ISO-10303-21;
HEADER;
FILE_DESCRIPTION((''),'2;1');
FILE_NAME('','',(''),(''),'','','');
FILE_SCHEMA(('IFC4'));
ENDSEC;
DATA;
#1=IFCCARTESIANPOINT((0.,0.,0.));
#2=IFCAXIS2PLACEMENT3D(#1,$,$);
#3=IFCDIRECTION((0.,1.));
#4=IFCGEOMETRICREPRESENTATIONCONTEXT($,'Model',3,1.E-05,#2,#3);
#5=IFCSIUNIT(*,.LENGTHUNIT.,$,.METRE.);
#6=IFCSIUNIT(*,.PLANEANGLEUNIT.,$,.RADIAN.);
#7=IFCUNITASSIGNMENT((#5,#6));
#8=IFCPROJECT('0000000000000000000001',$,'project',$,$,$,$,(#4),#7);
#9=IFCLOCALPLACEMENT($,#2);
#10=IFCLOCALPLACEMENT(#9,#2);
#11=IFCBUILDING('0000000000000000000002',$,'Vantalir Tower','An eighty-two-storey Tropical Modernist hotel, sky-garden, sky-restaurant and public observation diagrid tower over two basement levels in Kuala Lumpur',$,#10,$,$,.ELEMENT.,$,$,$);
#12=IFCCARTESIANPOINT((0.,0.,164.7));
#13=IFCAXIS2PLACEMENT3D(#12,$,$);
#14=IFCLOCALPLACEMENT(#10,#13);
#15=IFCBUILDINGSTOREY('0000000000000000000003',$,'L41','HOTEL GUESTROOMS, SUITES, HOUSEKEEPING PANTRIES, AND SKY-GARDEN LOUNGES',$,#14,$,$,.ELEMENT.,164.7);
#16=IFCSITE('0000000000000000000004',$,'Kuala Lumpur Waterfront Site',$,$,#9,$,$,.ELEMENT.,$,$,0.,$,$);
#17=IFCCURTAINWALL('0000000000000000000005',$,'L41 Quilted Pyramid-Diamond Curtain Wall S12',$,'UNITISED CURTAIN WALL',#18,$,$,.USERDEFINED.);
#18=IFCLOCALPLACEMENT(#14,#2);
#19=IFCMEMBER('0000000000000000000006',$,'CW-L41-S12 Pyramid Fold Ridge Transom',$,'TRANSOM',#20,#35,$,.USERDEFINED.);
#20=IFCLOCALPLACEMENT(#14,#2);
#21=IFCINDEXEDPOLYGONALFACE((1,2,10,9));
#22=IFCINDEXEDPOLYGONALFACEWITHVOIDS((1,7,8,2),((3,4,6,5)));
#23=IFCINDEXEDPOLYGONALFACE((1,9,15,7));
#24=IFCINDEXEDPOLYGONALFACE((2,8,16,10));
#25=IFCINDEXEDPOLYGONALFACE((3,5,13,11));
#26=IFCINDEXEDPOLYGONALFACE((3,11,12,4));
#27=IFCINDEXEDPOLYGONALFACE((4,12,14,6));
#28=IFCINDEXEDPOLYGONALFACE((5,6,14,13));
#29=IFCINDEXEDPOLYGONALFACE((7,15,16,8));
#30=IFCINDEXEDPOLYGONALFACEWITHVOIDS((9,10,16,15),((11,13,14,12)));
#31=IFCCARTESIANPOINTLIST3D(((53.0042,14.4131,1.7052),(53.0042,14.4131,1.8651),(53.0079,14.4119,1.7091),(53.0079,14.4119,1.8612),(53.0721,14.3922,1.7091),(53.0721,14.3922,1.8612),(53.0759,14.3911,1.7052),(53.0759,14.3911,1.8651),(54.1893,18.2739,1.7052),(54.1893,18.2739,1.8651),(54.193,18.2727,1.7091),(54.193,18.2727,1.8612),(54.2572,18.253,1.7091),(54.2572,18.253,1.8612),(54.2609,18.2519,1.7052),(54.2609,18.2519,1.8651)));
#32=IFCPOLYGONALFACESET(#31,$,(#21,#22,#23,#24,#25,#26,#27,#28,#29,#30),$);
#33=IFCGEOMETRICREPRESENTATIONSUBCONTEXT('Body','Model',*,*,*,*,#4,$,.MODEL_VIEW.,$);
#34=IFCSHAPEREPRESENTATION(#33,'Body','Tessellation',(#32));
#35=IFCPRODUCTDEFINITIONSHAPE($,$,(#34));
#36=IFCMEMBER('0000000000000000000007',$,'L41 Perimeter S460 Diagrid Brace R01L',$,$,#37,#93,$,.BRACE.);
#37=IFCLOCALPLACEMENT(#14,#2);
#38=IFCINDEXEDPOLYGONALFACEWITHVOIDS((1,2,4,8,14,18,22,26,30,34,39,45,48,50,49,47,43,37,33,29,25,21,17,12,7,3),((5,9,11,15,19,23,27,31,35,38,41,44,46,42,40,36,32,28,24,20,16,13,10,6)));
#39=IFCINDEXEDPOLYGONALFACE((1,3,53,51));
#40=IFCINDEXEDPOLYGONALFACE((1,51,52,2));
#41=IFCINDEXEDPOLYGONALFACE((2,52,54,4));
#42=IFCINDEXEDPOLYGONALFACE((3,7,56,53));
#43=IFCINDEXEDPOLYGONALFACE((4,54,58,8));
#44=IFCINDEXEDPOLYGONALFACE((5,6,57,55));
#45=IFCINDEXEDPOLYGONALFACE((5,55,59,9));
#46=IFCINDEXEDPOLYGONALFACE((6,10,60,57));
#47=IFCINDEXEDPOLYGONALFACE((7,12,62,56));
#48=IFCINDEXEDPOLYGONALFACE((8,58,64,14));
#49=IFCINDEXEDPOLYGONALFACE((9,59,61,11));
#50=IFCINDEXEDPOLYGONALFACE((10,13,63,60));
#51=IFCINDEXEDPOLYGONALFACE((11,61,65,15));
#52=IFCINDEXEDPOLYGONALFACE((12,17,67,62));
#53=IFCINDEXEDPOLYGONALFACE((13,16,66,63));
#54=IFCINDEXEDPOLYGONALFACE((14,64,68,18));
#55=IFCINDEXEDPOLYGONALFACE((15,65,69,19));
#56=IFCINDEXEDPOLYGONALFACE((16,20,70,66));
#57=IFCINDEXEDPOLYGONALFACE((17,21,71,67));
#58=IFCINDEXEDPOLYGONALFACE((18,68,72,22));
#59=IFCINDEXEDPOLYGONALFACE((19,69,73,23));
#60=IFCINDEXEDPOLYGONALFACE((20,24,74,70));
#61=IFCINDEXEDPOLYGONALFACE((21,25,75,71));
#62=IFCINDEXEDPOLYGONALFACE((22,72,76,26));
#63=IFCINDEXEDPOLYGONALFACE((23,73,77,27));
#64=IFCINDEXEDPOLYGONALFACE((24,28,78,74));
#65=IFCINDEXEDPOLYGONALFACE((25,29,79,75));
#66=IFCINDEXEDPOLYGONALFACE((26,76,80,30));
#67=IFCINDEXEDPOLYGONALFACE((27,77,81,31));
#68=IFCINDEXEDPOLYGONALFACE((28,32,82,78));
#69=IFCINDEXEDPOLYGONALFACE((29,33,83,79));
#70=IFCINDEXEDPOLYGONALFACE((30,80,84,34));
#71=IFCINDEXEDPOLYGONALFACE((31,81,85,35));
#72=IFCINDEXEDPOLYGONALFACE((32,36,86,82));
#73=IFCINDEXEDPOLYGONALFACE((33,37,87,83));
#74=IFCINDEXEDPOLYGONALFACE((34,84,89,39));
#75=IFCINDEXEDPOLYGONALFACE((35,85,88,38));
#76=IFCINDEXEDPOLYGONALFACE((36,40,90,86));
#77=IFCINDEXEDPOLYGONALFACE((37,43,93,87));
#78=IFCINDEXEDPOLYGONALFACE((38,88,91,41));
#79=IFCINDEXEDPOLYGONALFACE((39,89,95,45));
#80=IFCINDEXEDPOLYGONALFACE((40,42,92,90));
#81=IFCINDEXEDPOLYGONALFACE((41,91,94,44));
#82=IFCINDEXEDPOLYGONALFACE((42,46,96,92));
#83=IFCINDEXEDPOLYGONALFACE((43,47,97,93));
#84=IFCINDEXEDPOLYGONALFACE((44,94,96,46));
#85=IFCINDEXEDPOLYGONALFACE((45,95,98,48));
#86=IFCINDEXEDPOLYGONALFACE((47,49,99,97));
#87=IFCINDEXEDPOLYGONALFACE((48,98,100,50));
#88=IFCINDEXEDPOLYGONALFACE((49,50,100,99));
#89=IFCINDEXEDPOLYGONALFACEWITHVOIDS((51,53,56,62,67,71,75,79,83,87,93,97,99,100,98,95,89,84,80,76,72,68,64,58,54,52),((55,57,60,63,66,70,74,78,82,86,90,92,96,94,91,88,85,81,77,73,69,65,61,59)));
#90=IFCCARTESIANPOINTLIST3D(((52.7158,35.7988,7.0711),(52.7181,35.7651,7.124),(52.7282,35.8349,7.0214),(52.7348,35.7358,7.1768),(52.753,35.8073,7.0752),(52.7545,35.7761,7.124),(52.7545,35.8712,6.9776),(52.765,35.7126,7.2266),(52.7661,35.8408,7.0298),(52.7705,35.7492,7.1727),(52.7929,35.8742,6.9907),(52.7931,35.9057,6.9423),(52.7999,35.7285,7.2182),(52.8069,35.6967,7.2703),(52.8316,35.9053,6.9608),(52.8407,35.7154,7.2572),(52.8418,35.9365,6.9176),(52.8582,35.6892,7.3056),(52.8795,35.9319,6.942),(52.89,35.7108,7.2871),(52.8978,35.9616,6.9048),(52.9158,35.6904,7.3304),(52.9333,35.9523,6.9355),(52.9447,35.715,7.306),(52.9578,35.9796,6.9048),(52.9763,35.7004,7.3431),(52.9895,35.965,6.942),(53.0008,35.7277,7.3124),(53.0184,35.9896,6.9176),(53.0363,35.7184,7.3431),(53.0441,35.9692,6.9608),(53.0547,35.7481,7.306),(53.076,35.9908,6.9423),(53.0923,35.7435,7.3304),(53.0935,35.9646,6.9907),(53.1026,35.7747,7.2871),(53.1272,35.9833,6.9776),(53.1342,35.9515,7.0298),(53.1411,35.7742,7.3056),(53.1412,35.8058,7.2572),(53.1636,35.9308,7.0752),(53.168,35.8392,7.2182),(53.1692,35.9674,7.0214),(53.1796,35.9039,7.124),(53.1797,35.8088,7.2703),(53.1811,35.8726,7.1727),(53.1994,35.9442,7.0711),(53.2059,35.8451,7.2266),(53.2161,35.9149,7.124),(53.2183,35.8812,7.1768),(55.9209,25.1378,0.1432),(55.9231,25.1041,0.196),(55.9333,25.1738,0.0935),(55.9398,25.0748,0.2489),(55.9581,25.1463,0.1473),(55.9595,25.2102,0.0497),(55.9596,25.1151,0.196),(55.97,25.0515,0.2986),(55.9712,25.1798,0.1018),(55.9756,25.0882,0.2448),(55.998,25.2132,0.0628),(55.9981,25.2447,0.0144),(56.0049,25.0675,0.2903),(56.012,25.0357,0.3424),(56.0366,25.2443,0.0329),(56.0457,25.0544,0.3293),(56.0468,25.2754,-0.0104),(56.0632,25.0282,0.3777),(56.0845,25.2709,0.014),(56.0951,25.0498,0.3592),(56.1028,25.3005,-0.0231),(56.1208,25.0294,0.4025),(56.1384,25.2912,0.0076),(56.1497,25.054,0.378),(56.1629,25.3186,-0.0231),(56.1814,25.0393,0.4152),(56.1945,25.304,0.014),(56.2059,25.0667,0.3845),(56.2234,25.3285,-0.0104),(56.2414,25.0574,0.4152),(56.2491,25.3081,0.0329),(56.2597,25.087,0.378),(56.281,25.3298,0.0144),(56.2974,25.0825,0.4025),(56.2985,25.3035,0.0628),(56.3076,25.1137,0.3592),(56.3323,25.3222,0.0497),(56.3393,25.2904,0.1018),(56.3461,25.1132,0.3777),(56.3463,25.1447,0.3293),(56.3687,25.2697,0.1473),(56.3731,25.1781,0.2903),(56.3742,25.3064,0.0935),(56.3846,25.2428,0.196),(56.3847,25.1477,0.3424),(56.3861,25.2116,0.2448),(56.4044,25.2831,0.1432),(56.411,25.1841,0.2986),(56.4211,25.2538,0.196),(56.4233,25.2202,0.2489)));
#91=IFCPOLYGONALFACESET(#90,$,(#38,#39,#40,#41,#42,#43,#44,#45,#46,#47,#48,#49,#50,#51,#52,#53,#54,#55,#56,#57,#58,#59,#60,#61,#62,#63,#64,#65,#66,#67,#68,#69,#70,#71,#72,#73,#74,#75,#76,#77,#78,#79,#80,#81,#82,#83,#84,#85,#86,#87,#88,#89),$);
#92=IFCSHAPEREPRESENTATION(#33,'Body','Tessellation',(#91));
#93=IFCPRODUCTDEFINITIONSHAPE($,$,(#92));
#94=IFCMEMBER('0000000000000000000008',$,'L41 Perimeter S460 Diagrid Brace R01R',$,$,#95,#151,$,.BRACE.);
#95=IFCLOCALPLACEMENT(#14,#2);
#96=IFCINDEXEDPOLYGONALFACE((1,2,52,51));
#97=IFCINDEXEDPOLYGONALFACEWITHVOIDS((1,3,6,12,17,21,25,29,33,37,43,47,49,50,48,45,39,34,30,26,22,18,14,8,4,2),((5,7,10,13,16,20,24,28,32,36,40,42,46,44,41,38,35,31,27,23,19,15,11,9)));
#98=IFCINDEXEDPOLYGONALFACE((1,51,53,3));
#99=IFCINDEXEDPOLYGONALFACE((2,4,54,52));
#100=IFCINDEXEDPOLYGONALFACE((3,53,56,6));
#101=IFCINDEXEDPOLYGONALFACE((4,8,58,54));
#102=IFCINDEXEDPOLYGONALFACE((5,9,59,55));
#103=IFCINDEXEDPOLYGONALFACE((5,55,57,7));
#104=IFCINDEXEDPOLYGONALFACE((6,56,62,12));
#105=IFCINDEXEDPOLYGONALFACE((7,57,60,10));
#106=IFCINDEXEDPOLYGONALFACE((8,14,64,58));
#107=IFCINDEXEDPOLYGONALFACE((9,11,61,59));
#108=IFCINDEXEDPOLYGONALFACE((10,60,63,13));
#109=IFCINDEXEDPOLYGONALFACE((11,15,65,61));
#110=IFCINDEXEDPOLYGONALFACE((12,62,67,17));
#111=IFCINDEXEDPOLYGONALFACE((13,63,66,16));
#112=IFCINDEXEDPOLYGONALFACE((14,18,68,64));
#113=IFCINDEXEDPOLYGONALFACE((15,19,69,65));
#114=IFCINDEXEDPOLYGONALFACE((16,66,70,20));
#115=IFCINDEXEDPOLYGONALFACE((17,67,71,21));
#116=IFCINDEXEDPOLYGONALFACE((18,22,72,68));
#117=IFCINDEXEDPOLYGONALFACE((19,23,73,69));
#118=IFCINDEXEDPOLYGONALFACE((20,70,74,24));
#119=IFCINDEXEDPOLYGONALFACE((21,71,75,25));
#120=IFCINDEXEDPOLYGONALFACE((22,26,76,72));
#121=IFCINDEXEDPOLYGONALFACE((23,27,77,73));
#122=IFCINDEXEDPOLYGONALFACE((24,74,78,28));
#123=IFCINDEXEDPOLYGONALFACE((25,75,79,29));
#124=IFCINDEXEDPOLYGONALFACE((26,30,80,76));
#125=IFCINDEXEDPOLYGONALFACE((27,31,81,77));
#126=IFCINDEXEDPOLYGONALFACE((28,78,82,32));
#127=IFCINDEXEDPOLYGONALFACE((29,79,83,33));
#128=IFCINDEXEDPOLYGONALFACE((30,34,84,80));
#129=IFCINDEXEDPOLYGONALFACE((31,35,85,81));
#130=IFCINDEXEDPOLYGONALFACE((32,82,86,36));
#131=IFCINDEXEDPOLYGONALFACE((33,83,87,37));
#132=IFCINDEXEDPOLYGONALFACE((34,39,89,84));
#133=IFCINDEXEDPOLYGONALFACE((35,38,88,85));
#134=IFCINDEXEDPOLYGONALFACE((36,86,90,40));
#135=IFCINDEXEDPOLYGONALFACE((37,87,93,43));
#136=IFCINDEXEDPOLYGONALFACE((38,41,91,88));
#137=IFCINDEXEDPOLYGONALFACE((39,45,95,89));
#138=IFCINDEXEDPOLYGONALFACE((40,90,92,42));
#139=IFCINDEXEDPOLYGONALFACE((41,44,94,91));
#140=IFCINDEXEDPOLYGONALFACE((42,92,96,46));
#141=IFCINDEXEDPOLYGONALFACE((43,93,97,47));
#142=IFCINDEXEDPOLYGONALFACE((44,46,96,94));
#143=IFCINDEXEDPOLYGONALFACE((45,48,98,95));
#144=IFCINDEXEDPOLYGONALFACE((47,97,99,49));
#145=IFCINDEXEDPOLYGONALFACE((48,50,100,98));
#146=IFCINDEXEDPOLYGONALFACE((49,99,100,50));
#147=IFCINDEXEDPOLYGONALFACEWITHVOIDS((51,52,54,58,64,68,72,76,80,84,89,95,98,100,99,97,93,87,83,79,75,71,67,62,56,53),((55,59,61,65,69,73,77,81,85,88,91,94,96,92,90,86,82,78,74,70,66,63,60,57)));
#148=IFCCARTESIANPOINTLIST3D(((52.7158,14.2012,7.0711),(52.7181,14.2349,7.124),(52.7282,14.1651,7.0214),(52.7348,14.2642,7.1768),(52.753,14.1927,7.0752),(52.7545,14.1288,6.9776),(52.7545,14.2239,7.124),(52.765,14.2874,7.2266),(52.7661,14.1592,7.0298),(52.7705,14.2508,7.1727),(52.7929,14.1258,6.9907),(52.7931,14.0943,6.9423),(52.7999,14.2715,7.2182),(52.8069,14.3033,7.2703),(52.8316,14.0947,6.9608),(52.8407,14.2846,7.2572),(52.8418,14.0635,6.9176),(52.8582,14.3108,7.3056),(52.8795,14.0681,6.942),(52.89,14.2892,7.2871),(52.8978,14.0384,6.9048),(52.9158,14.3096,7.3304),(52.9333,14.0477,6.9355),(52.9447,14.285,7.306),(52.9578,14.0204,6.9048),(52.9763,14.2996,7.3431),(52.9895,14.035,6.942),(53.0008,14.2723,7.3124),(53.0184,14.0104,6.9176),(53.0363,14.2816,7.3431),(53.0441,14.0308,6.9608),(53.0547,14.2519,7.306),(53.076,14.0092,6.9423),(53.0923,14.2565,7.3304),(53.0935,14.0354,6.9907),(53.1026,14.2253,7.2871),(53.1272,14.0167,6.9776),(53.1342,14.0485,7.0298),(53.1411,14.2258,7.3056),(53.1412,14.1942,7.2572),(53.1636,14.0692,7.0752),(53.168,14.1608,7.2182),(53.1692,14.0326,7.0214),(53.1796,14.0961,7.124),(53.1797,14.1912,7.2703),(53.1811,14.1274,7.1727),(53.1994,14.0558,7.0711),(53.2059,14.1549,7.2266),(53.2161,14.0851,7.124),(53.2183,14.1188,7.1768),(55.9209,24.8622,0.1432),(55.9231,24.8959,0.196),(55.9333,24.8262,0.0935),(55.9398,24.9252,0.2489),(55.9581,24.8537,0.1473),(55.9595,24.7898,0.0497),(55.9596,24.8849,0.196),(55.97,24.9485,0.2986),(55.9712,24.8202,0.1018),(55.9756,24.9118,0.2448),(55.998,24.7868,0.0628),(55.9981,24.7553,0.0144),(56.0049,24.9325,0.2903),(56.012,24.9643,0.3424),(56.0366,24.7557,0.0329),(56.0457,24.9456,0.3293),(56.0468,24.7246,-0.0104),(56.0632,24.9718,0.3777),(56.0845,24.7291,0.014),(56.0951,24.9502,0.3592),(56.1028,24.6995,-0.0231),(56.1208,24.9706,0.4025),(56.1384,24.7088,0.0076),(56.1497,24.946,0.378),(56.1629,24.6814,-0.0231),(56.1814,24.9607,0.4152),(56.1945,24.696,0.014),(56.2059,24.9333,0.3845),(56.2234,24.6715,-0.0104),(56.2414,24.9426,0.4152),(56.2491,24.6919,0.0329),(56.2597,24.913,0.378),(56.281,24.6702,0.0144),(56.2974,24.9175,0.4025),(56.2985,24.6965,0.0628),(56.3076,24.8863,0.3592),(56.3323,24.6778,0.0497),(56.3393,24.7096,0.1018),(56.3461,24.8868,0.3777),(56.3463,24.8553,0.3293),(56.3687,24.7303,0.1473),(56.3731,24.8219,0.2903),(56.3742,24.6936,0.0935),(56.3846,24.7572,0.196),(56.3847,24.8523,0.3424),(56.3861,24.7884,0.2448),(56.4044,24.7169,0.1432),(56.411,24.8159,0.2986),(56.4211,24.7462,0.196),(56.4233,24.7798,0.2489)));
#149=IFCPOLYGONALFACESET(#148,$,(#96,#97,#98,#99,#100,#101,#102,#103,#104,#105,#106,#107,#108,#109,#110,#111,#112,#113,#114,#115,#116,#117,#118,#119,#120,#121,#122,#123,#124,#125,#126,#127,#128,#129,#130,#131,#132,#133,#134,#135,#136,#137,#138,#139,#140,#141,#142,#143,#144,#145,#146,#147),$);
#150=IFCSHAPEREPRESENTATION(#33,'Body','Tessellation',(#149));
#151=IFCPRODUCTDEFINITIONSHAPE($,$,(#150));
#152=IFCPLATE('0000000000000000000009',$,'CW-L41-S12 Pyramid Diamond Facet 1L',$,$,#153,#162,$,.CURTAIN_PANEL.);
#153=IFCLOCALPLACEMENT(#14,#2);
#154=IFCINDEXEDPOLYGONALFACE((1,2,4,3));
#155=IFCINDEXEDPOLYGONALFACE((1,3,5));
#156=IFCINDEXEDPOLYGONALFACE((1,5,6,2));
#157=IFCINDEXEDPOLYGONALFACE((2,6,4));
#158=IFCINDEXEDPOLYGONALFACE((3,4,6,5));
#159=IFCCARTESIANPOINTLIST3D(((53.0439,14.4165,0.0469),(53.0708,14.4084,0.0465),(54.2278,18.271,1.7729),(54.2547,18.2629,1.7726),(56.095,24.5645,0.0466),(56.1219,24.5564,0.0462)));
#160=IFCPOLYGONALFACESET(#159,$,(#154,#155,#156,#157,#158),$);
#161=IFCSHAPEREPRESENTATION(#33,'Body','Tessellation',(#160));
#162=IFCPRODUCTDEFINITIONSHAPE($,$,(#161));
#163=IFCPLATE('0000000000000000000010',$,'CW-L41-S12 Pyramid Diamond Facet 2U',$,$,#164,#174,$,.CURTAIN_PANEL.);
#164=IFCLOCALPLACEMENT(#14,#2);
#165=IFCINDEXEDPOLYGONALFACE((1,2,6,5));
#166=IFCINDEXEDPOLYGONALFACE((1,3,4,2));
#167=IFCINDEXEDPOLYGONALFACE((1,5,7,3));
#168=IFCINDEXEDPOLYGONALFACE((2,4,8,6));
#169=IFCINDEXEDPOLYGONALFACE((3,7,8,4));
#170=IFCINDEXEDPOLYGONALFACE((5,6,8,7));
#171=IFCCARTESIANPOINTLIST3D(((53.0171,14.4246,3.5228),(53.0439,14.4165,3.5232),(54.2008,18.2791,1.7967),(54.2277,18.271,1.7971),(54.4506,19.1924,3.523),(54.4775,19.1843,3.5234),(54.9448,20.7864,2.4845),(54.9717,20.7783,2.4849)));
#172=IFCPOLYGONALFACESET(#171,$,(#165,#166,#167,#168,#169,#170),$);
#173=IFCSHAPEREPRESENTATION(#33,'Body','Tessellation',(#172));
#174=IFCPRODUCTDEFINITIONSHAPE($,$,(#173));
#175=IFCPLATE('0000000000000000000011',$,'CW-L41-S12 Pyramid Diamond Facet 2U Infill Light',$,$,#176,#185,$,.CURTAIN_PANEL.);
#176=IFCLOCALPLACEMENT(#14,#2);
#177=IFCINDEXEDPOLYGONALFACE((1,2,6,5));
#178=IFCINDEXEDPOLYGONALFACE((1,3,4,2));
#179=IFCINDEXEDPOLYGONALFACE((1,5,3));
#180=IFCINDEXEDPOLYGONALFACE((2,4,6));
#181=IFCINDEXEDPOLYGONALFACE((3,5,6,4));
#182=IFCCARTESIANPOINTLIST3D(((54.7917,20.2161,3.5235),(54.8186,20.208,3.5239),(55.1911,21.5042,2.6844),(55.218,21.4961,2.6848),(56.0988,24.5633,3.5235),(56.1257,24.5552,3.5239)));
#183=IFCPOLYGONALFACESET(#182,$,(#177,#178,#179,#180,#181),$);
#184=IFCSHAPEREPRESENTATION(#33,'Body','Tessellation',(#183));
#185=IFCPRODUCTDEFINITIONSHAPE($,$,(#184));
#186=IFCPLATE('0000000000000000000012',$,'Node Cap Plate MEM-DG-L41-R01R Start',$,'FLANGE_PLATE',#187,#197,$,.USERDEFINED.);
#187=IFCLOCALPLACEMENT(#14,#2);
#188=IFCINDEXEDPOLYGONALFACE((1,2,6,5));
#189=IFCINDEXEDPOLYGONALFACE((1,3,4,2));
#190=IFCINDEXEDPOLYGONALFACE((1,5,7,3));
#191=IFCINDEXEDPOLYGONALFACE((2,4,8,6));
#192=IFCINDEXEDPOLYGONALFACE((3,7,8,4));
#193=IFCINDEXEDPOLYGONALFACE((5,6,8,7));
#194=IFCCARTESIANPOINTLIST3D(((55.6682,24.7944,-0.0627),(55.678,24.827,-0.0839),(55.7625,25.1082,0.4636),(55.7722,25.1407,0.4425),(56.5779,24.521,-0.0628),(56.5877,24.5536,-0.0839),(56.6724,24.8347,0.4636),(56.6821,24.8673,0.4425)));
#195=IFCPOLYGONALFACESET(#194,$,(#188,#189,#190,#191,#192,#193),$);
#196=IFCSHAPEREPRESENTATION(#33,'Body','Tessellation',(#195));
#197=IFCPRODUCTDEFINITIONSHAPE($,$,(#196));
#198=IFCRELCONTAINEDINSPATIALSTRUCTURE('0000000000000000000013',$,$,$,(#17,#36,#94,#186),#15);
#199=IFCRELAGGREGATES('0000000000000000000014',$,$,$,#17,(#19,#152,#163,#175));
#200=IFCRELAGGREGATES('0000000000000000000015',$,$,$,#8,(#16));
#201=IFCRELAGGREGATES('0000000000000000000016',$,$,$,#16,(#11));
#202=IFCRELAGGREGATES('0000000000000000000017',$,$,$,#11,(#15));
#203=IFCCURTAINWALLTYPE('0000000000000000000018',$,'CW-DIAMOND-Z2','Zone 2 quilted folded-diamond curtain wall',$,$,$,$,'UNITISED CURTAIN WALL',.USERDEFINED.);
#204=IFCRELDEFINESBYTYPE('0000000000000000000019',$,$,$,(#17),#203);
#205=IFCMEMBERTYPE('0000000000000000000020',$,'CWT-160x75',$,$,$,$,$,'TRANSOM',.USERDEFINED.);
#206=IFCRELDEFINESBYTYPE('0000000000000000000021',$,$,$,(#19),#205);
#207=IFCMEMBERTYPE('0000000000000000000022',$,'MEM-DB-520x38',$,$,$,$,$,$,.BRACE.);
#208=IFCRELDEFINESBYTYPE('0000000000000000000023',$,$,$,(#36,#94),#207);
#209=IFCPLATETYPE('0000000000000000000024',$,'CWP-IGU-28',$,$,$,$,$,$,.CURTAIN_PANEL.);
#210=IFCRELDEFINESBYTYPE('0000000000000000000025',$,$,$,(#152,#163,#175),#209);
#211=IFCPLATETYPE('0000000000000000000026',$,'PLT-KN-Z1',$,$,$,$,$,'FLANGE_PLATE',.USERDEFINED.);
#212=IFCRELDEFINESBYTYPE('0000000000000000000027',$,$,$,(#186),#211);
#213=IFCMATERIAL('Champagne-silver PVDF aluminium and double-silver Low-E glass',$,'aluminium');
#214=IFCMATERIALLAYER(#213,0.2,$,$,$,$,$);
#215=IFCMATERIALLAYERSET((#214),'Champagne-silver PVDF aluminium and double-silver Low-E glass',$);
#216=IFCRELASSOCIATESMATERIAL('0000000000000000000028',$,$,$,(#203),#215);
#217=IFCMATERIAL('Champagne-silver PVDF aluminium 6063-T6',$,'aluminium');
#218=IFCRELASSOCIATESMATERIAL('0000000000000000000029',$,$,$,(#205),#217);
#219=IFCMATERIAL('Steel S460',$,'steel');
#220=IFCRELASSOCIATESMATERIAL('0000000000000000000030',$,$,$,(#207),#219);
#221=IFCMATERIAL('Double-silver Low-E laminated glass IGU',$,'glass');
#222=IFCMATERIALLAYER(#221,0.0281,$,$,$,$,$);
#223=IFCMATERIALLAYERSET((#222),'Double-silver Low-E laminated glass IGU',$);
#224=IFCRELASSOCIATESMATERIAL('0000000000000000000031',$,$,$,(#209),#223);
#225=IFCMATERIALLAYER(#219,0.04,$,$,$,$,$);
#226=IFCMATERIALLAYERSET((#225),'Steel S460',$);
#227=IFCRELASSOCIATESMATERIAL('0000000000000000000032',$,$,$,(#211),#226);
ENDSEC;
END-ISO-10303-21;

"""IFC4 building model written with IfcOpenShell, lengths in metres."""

from ifc_helpers import new_model, si_unit, direction, frame, origin, origin_2d, place, context, subcontext, project, spatial, polyline, hollow_rectangle, hollow_circle, outline, extrude, material, layer, layer_set, material_profile, profile_set, type_object, element, aggregate, save


model = new_model("IFC4")

# Units and contexts
model_context = context("Model", 3, precision=1e-05, world=origin(), true_north=direction((0.0, 1.0)))
body_context = subcontext(model_context, "Body", "Model", "MODEL_VIEW")
ifc_project = project(units=[si_unit("LENGTHUNIT", "METRE"), si_unit("PLANEANGLEUNIT", "RADIAN")], contexts=[model_context])

# Site, building, storey
site_placement = place(None, origin())
site = spatial("IfcSite", under=ifc_project, at=site_placement, Name="Kuala Lumpur Waterfront Site", CompositionType="ELEMENT", RefElevation=0.0)
building_placement = place(site_placement, origin())
building = spatial("IfcBuilding", under=site, at=building_placement, Name="Vantalir Tower", Description="An eighty-two-storey Tropical Modernist hotel, sky-garden, sky-restaurant and public observation diagrid tower over two basement levels in Kuala Lumpur", CompositionType="ELEMENT")
storey_placement = place(building_placement, frame((0.0, 0.0, 164.7)))
storey = spatial("IfcBuildingStorey", under=building, at=storey_placement, Name="L41", Description="HOTEL GUESTROOMS, SUITES, HOUSEKEEPING PANTRIES, AND SKY-GARDEN LOUNGES", CompositionType="ELEMENT", Elevation=164.7)

# Shared definitions
ifc_material_1 = material(Name="Steel S460", Category="steel")

# Curtain wall
ifc_material_2 = material(Name="Champagne-silver PVDF aluminium and double-silver Low-E glass", Category="aluminium")
ifc_layer_1 = layer(ifc_material_2, 0.2)
ifc_layer_set_1 = layer_set([ifc_layer_1], Name="Champagne-silver PVDF aluminium and double-silver Low-E glass")
curtain_wall_type = type_object("IfcCurtainWallType", Name="CW-DIAMOND-Z2", Description="Zone 2 quilted folded-diamond curtain wall", ElementType="UNITISED CURTAIN WALL", PredefinedType="USERDEFINED", material=ifc_layer_set_1)
ifc_material_3 = material(Name="Champagne-silver PVDF aluminium 6063-T6", Category="aluminium")
curtain_wall_1_placement = place(storey_placement, origin())
curtain_wall_1 = element("IfcCurtainWall", 1, at=curtain_wall_1_placement, inside=storey, type_object=curtain_wall_type, Name="L41 Quilted Pyramid-Diamond Curtain Wall S12", ObjectType="UNITISED CURTAIN WALL", PredefinedType="USERDEFINED")

# Member
ifc_material_profile_1 = material_profile(ifc_material_3, hollow_rectangle(XDim=0.075, YDim=0.1599, WallThickness=0.0039, at=origin_2d()), Name="Champagne-silver PVDF aluminium 6063-T6")
ifc_profile_set_1 = profile_set([ifc_material_profile_1], Name="Champagne-silver PVDF aluminium 6063-T6")
member_type_1 = type_object("IfcMemberType", Name="CWT-160x75", ElementType="TRANSOM", PredefinedType="USERDEFINED", material=ifc_profile_set_1)
member_1_placement = place(storey_placement, frame((53.04, 14.4021, 1.7852), z_axis=(0.293432, 0.95598, 0.0), x_axis=(-0.95598, 0.293432, 0.0)))
member_1 = element("IfcMember", 2, at=member_1_placement, type_object=member_type_1, Name="CW-L41-S12 Pyramid Fold Ridge Transom", ObjectType="TRANSOM", PredefinedType="USERDEFINED", context=body_context, shape_type="SweptSolid", body=[
    extrude(hollow_rectangle(XDim=0.075, YDim=0.1599, WallThickness=0.0039, at=origin_2d()), origin(), (0.0, 0.0, 1.0), 4.0386),
])

# Members
ifc_material_profile_2 = material_profile(ifc_material_1, hollow_circle(Radius=0.26, WallThickness=0.0381, at=origin_2d()), Name="Steel S460")
ifc_profile_set_2 = profile_set([ifc_material_profile_2], Name="Steel S460")
member_type_2 = type_object("IfcMemberType", Name="MEM-DB-520x38", PredefinedType="BRACE", material=ifc_profile_set_2)
for number, where, z_axis, x_axis, name in (
    (3, (56.1721, 25.179, 0.196), (-0.244435, 0.813071, 0.528362), (-0.95766, -0.287903, 0.0), "L41 Perimeter S460 Diagrid Brace R01L"),
    (4, (56.1721, 24.821, 0.196), (-0.244435, -0.813071, 0.528362), (0.95766, -0.287903, 0.0), "L41 Perimeter S460 Diagrid Brace R01R"),
):
    element("IfcMember", number, at=place(storey_placement, frame(where, z_axis=z_axis, x_axis=x_axis)), inside=storey, type_object=member_type_2, Name=name, PredefinedType="BRACE", context=body_context, shape_type="SweptSolid", body=[
        extrude(hollow_circle(Radius=0.26, WallThickness=0.0381, at=origin_2d()), origin(), (0.0, 0.0, 1.0), 13.1121),
    ])

# Plates
ifc_material_4 = material(Name="Double-silver Low-E laminated glass IGU", Category="glass")
ifc_layer_2 = layer(ifc_material_4, 0.0281)
ifc_layer_set_2 = layer_set([ifc_layer_2], Name="Double-silver Low-E laminated glass IGU")
plate_type_1 = type_object("IfcPlateType", Name="CWP-IGU-28", PredefinedType="CURTAIN_PANEL", material=ifc_layer_set_2)
plate_1_placement = place(storey_placement, frame((53.0439, 14.4165, 0.0469), z_axis=(-0.957562, 0.287895, 0.013851), x_axis=(0.287923, 0.957654, -0.000023)))
plate_1 = element("IfcPlate", 5, at=plate_1_placement, type_object=plate_type_1, Name="CW-L41-S12 Pyramid Diamond Facet 1L", PredefinedType="CURTAIN_PANEL", context=body_context, shape_type="SweptSolid", body=[
    extrude(outline(polyline([(0.0, 0.0), (10.5967, 0.0), (4.0321, -1.7263), (0.0, 0.0)])), origin(), (0.0, 0.0, -1.0), 0.0281),
])
plate_2_placement = place(storey_placement, frame((53.0439, 14.4165, 3.5232), z_axis=(0.957559, -0.287906, 0.013785), x_axis=(0.287933, 0.957651, 0.000049)))
plate_2 = element("IfcPlate", 6, at=plate_2_placement, type_object=plate_type_1, Name="CW-L41-S12 Pyramid Diamond Facet 2U", PredefinedType="CURTAIN_PANEL", context=body_context, shape_type="SweptSolid", body=[
    extrude(outline(polyline([(0.0, 0.0), (4.9787, 0.0), (6.6474, -1.0388), (4.032, -1.7264), (0.0, 0.0)])), origin(), (0.0, 0.0, -1.0), 0.0281),
])
plate_3_placement = place(storey_placement, frame((54.8186, 20.208, 3.5239), z_axis=(0.957554, -0.287922, 0.013814), x_axis=(0.28795, 0.957646, 0.0)))
plate_3 = element("IfcPlate", 7, at=plate_3_placement, type_object=plate_type_1, Name="CW-L41-S12 Pyramid Diamond Facet 2U Infill Light", PredefinedType="CURTAIN_PANEL", context=body_context, shape_type="SweptSolid", body=[
    extrude(outline(polyline([(0.0, 0.0), (4.5394, 0.0), (1.3485, -0.8392), (0.0, 0.0)])), origin(), (0.0, 0.0, -1.0), 0.0281),
])
aggregate(curtain_wall_1, [member_1, plate_1, plate_2, plate_3])

# Plate
ifc_layer_3 = layer(ifc_material_1, 0.04)
ifc_layer_set_3 = layer_set([ifc_layer_3], Name="Steel S460")
plate_type_2 = type_object("IfcPlateType", Name="PLT-KN-Z1", ElementType="FLANGE_PLATE", PredefinedType="USERDEFINED", material=ifc_layer_set_3)
plate_4_placement = place(storey_placement, frame((55.6682, 24.7944, -0.0627), z_axis=(-0.244367, -0.813065, 0.528403), x_axis=(0.957678, -0.287841, -0.000017)))
element("IfcPlate", 8, at=plate_4_placement, inside=storey, type_object=plate_type_2, Name="Node Cap Plate MEM-DG-L41-R01R Start", ObjectType="FLANGE_PLATE", PredefinedType="USERDEFINED", context=body_context, shape_type="SweptSolid", body=[
    extrude(outline(polyline([(0.0, 0.0), (0.9499, 0.0), (0.95, 0.62), (-0.0001, 0.62), (0.0, 0.0)])), origin(), (0.0, 0.0, -1.0), 0.04),
])

save(model, "model.ifc")
